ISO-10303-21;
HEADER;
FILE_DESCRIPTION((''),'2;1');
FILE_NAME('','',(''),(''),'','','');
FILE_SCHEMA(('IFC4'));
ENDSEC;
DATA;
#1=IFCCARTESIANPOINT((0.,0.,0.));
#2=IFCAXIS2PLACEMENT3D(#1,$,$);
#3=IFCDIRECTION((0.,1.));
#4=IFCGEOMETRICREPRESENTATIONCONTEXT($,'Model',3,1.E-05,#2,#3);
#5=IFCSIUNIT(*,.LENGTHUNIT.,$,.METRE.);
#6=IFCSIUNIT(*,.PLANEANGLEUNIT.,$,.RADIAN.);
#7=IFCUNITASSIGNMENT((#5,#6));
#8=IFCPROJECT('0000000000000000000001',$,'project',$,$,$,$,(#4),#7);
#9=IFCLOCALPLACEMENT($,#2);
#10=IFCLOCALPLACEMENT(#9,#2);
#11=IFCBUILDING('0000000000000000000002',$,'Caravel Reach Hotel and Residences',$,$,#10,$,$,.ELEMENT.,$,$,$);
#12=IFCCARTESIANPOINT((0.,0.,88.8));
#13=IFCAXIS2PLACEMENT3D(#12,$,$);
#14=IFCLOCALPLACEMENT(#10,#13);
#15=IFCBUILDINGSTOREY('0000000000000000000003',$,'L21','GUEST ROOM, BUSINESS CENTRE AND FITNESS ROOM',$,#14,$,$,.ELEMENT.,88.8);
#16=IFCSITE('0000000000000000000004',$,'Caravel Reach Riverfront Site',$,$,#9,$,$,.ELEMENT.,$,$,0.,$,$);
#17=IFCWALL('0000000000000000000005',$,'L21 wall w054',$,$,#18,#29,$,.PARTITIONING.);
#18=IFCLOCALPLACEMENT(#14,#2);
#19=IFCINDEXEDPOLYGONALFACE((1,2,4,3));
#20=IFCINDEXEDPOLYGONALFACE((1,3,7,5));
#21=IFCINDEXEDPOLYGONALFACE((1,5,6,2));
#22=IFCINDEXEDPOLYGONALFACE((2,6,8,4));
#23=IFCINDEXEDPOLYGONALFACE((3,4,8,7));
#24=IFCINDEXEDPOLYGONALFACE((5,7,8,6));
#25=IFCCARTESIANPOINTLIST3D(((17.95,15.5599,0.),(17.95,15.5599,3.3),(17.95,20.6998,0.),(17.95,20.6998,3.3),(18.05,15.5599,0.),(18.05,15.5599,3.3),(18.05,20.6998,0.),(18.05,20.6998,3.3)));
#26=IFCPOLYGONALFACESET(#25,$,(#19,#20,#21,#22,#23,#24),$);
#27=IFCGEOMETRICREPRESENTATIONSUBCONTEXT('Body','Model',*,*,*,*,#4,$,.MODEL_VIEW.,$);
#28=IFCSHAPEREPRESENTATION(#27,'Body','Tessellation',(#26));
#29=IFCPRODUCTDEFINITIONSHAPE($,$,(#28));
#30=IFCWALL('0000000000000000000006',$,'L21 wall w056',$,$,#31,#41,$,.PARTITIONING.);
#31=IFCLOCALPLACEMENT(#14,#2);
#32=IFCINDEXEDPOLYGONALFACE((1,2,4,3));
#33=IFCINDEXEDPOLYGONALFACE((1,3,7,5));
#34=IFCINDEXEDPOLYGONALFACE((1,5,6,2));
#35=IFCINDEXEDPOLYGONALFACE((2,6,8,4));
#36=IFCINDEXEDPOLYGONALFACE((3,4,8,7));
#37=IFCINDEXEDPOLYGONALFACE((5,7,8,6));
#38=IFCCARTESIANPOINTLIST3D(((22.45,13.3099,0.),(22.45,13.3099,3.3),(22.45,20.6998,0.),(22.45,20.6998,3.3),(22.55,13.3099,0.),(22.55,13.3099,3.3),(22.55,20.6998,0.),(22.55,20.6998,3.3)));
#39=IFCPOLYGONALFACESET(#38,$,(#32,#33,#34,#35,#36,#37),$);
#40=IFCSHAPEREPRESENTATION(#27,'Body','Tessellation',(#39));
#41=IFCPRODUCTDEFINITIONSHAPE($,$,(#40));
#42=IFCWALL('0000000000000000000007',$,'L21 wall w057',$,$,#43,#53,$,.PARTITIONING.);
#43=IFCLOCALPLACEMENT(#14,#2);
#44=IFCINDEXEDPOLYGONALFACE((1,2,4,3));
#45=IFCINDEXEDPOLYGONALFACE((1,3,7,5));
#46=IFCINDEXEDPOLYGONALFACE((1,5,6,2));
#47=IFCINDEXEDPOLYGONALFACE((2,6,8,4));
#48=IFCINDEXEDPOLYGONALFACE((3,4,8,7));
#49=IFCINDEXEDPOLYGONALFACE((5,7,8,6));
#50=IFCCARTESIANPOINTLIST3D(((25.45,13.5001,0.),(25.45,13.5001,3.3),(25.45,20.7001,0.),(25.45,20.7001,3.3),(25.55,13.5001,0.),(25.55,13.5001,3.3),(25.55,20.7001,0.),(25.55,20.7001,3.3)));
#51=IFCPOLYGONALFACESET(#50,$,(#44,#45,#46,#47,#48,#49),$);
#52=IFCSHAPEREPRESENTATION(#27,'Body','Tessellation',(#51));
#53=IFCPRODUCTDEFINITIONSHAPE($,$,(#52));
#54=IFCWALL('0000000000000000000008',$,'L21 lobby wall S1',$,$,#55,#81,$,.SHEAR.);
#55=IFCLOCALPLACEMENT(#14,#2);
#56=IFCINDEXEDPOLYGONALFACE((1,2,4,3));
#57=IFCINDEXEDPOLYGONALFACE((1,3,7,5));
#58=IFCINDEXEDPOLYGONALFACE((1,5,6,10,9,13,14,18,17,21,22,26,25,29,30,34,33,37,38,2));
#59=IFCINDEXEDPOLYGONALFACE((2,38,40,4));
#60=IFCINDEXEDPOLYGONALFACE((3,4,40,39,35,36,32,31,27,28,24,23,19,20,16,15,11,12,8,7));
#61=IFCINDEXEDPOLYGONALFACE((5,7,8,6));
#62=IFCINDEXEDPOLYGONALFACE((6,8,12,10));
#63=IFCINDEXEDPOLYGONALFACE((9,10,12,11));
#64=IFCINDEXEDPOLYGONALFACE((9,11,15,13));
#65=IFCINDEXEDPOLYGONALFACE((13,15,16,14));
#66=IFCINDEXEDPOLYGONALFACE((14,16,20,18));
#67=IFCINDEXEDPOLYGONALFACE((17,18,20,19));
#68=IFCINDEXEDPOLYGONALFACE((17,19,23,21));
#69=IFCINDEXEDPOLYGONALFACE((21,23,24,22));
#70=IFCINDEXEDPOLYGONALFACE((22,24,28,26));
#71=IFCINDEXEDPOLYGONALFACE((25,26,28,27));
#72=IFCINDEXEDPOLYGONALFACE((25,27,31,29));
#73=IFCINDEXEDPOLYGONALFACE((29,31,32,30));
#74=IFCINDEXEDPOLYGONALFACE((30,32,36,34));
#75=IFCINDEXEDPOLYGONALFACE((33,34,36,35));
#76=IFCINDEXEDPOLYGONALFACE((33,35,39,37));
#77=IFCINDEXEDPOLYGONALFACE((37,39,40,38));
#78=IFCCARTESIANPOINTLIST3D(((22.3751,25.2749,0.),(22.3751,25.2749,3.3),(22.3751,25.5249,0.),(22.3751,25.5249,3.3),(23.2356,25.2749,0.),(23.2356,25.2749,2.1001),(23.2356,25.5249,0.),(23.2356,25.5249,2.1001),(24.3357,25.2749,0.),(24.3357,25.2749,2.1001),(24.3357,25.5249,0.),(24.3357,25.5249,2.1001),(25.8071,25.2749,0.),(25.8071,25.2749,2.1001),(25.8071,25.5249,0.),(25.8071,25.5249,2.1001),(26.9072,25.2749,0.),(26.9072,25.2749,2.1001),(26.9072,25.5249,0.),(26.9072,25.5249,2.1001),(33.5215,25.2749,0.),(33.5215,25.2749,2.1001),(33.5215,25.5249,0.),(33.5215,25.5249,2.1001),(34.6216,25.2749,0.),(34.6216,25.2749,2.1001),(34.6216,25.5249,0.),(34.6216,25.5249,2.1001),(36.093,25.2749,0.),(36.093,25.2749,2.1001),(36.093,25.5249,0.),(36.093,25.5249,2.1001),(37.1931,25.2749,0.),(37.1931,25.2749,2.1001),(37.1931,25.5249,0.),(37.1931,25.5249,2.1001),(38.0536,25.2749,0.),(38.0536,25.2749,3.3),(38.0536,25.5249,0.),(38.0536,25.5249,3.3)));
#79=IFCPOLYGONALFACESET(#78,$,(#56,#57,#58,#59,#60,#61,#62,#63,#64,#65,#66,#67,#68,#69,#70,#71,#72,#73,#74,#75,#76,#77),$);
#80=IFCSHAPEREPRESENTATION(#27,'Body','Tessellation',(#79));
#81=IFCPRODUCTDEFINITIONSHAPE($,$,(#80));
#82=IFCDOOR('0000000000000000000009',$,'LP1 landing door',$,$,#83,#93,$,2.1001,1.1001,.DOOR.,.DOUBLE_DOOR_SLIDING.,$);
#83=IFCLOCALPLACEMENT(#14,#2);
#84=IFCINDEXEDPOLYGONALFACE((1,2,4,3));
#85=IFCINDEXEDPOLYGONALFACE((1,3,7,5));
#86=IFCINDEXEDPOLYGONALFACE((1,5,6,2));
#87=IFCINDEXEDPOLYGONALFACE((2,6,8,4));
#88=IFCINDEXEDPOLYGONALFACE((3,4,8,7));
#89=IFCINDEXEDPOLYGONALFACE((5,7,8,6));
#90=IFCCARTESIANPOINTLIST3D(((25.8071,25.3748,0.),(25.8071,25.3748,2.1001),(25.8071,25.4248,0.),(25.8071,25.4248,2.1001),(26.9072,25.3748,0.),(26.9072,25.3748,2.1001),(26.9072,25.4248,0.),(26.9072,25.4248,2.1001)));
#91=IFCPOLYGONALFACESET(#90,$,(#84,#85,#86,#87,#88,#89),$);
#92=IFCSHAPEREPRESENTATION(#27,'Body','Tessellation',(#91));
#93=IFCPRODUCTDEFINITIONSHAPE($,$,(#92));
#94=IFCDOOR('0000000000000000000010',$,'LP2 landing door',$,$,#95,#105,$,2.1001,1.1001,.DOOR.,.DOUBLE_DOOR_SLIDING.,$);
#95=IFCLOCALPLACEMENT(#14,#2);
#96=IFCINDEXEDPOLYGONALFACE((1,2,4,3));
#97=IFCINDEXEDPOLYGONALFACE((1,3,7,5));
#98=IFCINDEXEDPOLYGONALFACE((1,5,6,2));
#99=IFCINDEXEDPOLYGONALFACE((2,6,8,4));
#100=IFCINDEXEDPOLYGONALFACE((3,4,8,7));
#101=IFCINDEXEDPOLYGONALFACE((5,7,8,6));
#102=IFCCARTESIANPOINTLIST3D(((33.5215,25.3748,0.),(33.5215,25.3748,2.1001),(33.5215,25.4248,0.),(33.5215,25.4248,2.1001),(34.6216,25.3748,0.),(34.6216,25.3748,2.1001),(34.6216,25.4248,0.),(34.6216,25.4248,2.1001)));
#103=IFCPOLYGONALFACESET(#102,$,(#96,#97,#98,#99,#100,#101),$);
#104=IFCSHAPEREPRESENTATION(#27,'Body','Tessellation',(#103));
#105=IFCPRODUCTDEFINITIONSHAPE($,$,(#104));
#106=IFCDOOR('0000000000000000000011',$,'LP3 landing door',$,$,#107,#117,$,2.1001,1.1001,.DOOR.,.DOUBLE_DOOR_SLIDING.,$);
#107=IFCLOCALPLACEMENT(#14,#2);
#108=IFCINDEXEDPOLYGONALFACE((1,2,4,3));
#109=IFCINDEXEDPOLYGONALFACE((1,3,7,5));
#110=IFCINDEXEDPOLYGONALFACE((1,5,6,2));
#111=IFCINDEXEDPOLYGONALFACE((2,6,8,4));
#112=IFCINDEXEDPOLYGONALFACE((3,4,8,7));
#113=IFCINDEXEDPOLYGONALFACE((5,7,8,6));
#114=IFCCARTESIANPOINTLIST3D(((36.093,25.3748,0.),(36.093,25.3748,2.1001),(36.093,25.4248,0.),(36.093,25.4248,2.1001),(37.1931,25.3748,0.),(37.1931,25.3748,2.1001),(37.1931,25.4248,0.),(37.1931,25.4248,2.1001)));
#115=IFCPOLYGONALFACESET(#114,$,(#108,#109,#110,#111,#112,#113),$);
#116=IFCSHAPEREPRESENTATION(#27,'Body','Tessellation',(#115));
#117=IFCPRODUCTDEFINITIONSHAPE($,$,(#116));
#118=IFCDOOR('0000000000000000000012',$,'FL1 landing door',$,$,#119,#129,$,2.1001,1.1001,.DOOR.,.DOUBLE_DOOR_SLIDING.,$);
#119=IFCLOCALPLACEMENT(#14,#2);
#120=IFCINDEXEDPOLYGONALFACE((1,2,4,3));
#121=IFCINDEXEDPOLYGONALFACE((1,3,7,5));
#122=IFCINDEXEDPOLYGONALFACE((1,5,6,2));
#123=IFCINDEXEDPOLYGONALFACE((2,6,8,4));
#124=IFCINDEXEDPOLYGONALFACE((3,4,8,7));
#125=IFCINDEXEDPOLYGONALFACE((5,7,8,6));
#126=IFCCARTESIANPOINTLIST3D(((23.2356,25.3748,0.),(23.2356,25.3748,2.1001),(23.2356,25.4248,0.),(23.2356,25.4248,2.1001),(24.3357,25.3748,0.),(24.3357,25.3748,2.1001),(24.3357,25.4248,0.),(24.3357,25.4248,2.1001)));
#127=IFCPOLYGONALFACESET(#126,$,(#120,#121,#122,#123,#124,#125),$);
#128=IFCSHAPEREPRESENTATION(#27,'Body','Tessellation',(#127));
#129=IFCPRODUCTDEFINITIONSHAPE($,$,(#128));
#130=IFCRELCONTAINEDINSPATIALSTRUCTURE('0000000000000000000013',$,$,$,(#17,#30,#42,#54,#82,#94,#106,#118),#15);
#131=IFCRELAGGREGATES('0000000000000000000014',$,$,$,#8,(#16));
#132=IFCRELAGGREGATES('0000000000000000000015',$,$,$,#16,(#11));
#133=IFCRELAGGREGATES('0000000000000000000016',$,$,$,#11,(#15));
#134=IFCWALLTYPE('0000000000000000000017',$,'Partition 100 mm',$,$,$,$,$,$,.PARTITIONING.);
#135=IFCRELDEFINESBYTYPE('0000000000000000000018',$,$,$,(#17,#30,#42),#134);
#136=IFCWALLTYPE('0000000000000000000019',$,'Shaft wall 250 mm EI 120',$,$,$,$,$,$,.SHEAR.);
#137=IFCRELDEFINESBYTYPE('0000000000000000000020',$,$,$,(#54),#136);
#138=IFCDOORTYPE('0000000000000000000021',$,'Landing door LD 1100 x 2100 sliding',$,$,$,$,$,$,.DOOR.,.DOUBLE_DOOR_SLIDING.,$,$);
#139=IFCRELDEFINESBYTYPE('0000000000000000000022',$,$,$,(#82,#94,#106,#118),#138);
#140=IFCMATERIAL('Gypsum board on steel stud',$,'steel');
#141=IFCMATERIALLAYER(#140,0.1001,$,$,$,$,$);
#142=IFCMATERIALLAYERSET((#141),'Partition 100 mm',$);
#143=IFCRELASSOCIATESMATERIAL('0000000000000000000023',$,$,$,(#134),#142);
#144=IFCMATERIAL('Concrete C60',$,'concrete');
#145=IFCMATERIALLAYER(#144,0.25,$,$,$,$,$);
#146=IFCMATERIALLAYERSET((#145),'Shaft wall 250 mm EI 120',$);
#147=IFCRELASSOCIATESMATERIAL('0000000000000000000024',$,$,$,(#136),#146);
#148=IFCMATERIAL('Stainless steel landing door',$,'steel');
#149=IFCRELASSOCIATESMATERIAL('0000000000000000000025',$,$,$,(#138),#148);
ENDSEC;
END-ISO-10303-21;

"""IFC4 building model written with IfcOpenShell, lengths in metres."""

from ifc_helpers import new_model, si_unit, direction, frame, frame_2d, origin, place, context, subcontext, project, spatial, rectangle, extrude, material, layer, layer_set, type_object, element, fill, save


model = new_model("IFC4")

# Units and contexts
model_context = context("Model", 3, precision=1e-05, world=origin(), true_north=direction((0.0, 1.0)))
body_context = subcontext(model_context, "Body", "Model", "MODEL_VIEW")
ifc_project = project(units=[si_unit("LENGTHUNIT", "METRE"), si_unit("PLANEANGLEUNIT", "RADIAN")], contexts=[model_context])

# Site, building, storey
site_placement = place(None, origin())
site = spatial("IfcSite", under=ifc_project, at=site_placement, Name="Caravel Reach Riverfront Site", CompositionType="ELEMENT", RefElevation=0.0)
building_placement = place(site_placement, origin())
building = spatial("IfcBuilding", under=site, at=building_placement, Name="Caravel Reach Hotel and Residences", CompositionType="ELEMENT")
storey_placement = place(building_placement, frame((0.0, 0.0, 88.8)))
storey = spatial("IfcBuildingStorey", under=building, at=storey_placement, Name="L21", Description="GUEST ROOM, BUSINESS CENTRE AND FITNESS ROOM", CompositionType="ELEMENT", Elevation=88.8)

# Walls
ifc_material_1 = material(Name="Gypsum board on steel stud", Category="steel")
ifc_layer_1 = layer(ifc_material_1, 0.1001)
ifc_layer_set_1 = layer_set([ifc_layer_1], Name="Partition 100 mm")
wall_type_1 = type_object("IfcWallType", Name="Partition 100 mm", PredefinedType="PARTITIONING", material=ifc_layer_set_1)
wall_1_placement = place(storey_placement, frame((18.0, 15.5601, 0.0), z_axis=(0.0, 0.0, 1.0), x_axis=(0.0, 1.0, 0.0)))
element("IfcWall", 1, at=wall_1_placement, inside=storey, type_object=wall_type_1, Name="L21 wall w054", PredefinedType="PARTITIONING", context=body_context, shape_type="SweptSolid", body=[
    extrude(rectangle(XDim=5.1399, YDim=0.1001, at=frame_2d((2.5698, 0.0))), origin(), (0.0, 0.0, 1.0), 3.3),
])
wall_2_placement = place(storey_placement, frame((22.5, 13.3101, 0.0), z_axis=(0.0, 0.0, 1.0), x_axis=(0.0, 1.0, 0.0)))
element("IfcWall", 2, at=wall_2_placement, inside=storey, type_object=wall_type_1, Name="L21 wall w056", PredefinedType="PARTITIONING", context=body_context, shape_type="SweptSolid", body=[
    extrude(rectangle(XDim=7.3899, YDim=0.1001, at=frame_2d((3.6948, 0.0))), origin(), (0.0, 0.0, 1.0), 3.3),
])
wall_3_placement = place(storey_placement, frame((25.5, 13.5, 0.0), z_axis=(0.0, 0.0, 1.0), x_axis=(0.0, 1.0, 0.0)))
element("IfcWall", 3, at=wall_3_placement, inside=storey, type_object=wall_type_1, Name="L21 wall w057", PredefinedType="PARTITIONING", context=body_context, shape_type="SweptSolid", body=[
    extrude(rectangle(XDim=7.2, YDim=0.1001, at=frame_2d((3.6001, 0.0))), origin(), (0.0, 0.0, 1.0), 3.3),
])

# Wall, openings, doors
ifc_material_2 = material(Name="Concrete C60", Category="concrete")
ifc_layer_2 = layer(ifc_material_2, 0.25)
ifc_layer_set_2 = layer_set([ifc_layer_2], Name="Shaft wall 250 mm EI 120")
wall_type_2 = type_object("IfcWallType", Name="Shaft wall 250 mm EI 120", PredefinedType="SHEAR", material=ifc_layer_set_2)
wall_4_placement = place(storey_placement, frame((22.375, 25.3999, 0.0), z_axis=(0.0, 0.0, 1.0), x_axis=(1.0, 0.0, 0.0)))
wall_4 = element("IfcWall", 4, at=wall_4_placement, inside=storey, type_object=wall_type_2, Name="L21 lobby wall S1", PredefinedType="SHEAR", context=body_context, shape_type="SweptSolid", body=[
    extrude(rectangle(XDim=15.6785, YDim=0.25, at=frame_2d((7.8394, 0.0))), origin(), (0.0, 0.0, 1.0), 3.3),
])
opening_1_placement = place(wall_4_placement, frame((3.4321, 0.0, 0.0)))
opening_1 = element("IfcOpeningElement", 5, at=opening_1_placement, cuts=wall_4, PredefinedType="OPENING", context=body_context, shape_type="SweptSolid", body=[
    extrude(rectangle(XDim=1.1001, YDim=2.1001, at=frame_2d((0.55, 1.05))), frame((0.0, 0.135, 0.0), z_axis=(0.0, -1.0, 0.0), x_axis=(1.0, 0.0, 0.0)), (0.0, 0.0, 1.0), 0.27),
])
opening_2_placement = place(wall_4_placement, frame((11.1465, 0.0, 0.0)))
opening_2 = element("IfcOpeningElement", 6, at=opening_2_placement, cuts=wall_4, PredefinedType="OPENING", context=body_context, shape_type="SweptSolid", body=[
    extrude(rectangle(XDim=1.1001, YDim=2.1001, at=frame_2d((0.55, 1.05))), frame((0.0, 0.135, 0.0), z_axis=(0.0, -1.0, 0.0), x_axis=(1.0, 0.0, 0.0)), (0.0, 0.0, 1.0), 0.27),
])
opening_3_placement = place(wall_4_placement, frame((13.718, 0.0, 0.0)))
opening_3 = element("IfcOpeningElement", 7, at=opening_3_placement, cuts=wall_4, PredefinedType="OPENING", context=body_context, shape_type="SweptSolid", body=[
    extrude(rectangle(XDim=1.1001, YDim=2.1001, at=frame_2d((0.55, 1.05))), frame((0.0, 0.135, 0.0), z_axis=(0.0, -1.0, 0.0), x_axis=(1.0, 0.0, 0.0)), (0.0, 0.0, 1.0), 0.27),
])
opening_4_placement = place(wall_4_placement, frame((0.8606, 0.0, 0.0)))
opening_4 = element("IfcOpeningElement", 8, at=opening_4_placement, cuts=wall_4, PredefinedType="OPENING", context=body_context, shape_type="SweptSolid", body=[
    extrude(rectangle(XDim=1.1001, YDim=2.1001, at=frame_2d((0.55, 1.05))), frame((0.0, 0.135, 0.0), z_axis=(0.0, -1.0, 0.0), x_axis=(1.0, 0.0, 0.0)), (0.0, 0.0, 1.0), 0.27),
])
ifc_material_3 = material(Name="Stainless steel landing door", Category="steel")
door_type_1 = type_object("IfcDoorType", Name="Landing door LD 1100 x 2100 sliding", OperationType="DOUBLE_DOOR_SLIDING", PredefinedType="DOOR", material=ifc_material_3)
door_1_placement = place(opening_1_placement, origin())
door_1 = element("IfcDoor", 9, at=door_1_placement, inside=storey, type_object=door_type_1, Name="LP1 landing door", OperationType="DOUBLE_DOOR_SLIDING", OverallHeight=2.1001, OverallWidth=1.1001, PredefinedType="DOOR", context=body_context, shape_type="SweptSolid", body=[
    extrude(rectangle(XDim=1.1001, YDim=2.1001, at=frame_2d((0.55, 1.05))), frame((0.0, 0.0249, 0.0), z_axis=(0.0, -1.0, 0.0), x_axis=(1.0, 0.0, 0.0)), (0.0, 0.0, 1.0), 0.05),
])
fill(opening_1, door_1)
door_2_placement = place(opening_2_placement, origin())
door_2 = element("IfcDoor", 10, at=door_2_placement, inside=storey, type_object=door_type_1, Name="LP2 landing door", OperationType="DOUBLE_DOOR_SLIDING", OverallHeight=2.1001, OverallWidth=1.1001, PredefinedType="DOOR", context=body_context, shape_type="SweptSolid", body=[
    extrude(rectangle(XDim=1.1001, YDim=2.1001, at=frame_2d((0.55, 1.05))), frame((0.0, 0.0249, 0.0), z_axis=(0.0, -1.0, 0.0), x_axis=(1.0, 0.0, 0.0)), (0.0, 0.0, 1.0), 0.05),
])
fill(opening_2, door_2)
door_3_placement = place(opening_3_placement, origin())
door_3 = element("IfcDoor", 11, at=door_3_placement, inside=storey, type_object=door_type_1, Name="LP3 landing door", OperationType="DOUBLE_DOOR_SLIDING", OverallHeight=2.1001, OverallWidth=1.1001, PredefinedType="DOOR", context=body_context, shape_type="SweptSolid", body=[
    extrude(rectangle(XDim=1.1001, YDim=2.1001, at=frame_2d((0.55, 1.05))), frame((0.0, 0.0249, 0.0), z_axis=(0.0, -1.0, 0.0), x_axis=(1.0, 0.0, 0.0)), (0.0, 0.0, 1.0), 0.05),
])
fill(opening_3, door_3)
door_4_placement = place(opening_4_placement, origin())
door_4 = element("IfcDoor", 12, at=door_4_placement, inside=storey, type_object=door_type_1, Name="FL1 landing door", OperationType="DOUBLE_DOOR_SLIDING", OverallHeight=2.1001, OverallWidth=1.1001, PredefinedType="DOOR", context=body_context, shape_type="SweptSolid", body=[
    extrude(rectangle(XDim=1.1001, YDim=2.1001, at=frame_2d((0.55, 1.05))), frame((0.0, 0.0249, 0.0), z_axis=(0.0, -1.0, 0.0), x_axis=(1.0, 0.0, 0.0)), (0.0, 0.0, 1.0), 0.05),
])
fill(opening_4, door_4)

save(model, "model.ifc")
